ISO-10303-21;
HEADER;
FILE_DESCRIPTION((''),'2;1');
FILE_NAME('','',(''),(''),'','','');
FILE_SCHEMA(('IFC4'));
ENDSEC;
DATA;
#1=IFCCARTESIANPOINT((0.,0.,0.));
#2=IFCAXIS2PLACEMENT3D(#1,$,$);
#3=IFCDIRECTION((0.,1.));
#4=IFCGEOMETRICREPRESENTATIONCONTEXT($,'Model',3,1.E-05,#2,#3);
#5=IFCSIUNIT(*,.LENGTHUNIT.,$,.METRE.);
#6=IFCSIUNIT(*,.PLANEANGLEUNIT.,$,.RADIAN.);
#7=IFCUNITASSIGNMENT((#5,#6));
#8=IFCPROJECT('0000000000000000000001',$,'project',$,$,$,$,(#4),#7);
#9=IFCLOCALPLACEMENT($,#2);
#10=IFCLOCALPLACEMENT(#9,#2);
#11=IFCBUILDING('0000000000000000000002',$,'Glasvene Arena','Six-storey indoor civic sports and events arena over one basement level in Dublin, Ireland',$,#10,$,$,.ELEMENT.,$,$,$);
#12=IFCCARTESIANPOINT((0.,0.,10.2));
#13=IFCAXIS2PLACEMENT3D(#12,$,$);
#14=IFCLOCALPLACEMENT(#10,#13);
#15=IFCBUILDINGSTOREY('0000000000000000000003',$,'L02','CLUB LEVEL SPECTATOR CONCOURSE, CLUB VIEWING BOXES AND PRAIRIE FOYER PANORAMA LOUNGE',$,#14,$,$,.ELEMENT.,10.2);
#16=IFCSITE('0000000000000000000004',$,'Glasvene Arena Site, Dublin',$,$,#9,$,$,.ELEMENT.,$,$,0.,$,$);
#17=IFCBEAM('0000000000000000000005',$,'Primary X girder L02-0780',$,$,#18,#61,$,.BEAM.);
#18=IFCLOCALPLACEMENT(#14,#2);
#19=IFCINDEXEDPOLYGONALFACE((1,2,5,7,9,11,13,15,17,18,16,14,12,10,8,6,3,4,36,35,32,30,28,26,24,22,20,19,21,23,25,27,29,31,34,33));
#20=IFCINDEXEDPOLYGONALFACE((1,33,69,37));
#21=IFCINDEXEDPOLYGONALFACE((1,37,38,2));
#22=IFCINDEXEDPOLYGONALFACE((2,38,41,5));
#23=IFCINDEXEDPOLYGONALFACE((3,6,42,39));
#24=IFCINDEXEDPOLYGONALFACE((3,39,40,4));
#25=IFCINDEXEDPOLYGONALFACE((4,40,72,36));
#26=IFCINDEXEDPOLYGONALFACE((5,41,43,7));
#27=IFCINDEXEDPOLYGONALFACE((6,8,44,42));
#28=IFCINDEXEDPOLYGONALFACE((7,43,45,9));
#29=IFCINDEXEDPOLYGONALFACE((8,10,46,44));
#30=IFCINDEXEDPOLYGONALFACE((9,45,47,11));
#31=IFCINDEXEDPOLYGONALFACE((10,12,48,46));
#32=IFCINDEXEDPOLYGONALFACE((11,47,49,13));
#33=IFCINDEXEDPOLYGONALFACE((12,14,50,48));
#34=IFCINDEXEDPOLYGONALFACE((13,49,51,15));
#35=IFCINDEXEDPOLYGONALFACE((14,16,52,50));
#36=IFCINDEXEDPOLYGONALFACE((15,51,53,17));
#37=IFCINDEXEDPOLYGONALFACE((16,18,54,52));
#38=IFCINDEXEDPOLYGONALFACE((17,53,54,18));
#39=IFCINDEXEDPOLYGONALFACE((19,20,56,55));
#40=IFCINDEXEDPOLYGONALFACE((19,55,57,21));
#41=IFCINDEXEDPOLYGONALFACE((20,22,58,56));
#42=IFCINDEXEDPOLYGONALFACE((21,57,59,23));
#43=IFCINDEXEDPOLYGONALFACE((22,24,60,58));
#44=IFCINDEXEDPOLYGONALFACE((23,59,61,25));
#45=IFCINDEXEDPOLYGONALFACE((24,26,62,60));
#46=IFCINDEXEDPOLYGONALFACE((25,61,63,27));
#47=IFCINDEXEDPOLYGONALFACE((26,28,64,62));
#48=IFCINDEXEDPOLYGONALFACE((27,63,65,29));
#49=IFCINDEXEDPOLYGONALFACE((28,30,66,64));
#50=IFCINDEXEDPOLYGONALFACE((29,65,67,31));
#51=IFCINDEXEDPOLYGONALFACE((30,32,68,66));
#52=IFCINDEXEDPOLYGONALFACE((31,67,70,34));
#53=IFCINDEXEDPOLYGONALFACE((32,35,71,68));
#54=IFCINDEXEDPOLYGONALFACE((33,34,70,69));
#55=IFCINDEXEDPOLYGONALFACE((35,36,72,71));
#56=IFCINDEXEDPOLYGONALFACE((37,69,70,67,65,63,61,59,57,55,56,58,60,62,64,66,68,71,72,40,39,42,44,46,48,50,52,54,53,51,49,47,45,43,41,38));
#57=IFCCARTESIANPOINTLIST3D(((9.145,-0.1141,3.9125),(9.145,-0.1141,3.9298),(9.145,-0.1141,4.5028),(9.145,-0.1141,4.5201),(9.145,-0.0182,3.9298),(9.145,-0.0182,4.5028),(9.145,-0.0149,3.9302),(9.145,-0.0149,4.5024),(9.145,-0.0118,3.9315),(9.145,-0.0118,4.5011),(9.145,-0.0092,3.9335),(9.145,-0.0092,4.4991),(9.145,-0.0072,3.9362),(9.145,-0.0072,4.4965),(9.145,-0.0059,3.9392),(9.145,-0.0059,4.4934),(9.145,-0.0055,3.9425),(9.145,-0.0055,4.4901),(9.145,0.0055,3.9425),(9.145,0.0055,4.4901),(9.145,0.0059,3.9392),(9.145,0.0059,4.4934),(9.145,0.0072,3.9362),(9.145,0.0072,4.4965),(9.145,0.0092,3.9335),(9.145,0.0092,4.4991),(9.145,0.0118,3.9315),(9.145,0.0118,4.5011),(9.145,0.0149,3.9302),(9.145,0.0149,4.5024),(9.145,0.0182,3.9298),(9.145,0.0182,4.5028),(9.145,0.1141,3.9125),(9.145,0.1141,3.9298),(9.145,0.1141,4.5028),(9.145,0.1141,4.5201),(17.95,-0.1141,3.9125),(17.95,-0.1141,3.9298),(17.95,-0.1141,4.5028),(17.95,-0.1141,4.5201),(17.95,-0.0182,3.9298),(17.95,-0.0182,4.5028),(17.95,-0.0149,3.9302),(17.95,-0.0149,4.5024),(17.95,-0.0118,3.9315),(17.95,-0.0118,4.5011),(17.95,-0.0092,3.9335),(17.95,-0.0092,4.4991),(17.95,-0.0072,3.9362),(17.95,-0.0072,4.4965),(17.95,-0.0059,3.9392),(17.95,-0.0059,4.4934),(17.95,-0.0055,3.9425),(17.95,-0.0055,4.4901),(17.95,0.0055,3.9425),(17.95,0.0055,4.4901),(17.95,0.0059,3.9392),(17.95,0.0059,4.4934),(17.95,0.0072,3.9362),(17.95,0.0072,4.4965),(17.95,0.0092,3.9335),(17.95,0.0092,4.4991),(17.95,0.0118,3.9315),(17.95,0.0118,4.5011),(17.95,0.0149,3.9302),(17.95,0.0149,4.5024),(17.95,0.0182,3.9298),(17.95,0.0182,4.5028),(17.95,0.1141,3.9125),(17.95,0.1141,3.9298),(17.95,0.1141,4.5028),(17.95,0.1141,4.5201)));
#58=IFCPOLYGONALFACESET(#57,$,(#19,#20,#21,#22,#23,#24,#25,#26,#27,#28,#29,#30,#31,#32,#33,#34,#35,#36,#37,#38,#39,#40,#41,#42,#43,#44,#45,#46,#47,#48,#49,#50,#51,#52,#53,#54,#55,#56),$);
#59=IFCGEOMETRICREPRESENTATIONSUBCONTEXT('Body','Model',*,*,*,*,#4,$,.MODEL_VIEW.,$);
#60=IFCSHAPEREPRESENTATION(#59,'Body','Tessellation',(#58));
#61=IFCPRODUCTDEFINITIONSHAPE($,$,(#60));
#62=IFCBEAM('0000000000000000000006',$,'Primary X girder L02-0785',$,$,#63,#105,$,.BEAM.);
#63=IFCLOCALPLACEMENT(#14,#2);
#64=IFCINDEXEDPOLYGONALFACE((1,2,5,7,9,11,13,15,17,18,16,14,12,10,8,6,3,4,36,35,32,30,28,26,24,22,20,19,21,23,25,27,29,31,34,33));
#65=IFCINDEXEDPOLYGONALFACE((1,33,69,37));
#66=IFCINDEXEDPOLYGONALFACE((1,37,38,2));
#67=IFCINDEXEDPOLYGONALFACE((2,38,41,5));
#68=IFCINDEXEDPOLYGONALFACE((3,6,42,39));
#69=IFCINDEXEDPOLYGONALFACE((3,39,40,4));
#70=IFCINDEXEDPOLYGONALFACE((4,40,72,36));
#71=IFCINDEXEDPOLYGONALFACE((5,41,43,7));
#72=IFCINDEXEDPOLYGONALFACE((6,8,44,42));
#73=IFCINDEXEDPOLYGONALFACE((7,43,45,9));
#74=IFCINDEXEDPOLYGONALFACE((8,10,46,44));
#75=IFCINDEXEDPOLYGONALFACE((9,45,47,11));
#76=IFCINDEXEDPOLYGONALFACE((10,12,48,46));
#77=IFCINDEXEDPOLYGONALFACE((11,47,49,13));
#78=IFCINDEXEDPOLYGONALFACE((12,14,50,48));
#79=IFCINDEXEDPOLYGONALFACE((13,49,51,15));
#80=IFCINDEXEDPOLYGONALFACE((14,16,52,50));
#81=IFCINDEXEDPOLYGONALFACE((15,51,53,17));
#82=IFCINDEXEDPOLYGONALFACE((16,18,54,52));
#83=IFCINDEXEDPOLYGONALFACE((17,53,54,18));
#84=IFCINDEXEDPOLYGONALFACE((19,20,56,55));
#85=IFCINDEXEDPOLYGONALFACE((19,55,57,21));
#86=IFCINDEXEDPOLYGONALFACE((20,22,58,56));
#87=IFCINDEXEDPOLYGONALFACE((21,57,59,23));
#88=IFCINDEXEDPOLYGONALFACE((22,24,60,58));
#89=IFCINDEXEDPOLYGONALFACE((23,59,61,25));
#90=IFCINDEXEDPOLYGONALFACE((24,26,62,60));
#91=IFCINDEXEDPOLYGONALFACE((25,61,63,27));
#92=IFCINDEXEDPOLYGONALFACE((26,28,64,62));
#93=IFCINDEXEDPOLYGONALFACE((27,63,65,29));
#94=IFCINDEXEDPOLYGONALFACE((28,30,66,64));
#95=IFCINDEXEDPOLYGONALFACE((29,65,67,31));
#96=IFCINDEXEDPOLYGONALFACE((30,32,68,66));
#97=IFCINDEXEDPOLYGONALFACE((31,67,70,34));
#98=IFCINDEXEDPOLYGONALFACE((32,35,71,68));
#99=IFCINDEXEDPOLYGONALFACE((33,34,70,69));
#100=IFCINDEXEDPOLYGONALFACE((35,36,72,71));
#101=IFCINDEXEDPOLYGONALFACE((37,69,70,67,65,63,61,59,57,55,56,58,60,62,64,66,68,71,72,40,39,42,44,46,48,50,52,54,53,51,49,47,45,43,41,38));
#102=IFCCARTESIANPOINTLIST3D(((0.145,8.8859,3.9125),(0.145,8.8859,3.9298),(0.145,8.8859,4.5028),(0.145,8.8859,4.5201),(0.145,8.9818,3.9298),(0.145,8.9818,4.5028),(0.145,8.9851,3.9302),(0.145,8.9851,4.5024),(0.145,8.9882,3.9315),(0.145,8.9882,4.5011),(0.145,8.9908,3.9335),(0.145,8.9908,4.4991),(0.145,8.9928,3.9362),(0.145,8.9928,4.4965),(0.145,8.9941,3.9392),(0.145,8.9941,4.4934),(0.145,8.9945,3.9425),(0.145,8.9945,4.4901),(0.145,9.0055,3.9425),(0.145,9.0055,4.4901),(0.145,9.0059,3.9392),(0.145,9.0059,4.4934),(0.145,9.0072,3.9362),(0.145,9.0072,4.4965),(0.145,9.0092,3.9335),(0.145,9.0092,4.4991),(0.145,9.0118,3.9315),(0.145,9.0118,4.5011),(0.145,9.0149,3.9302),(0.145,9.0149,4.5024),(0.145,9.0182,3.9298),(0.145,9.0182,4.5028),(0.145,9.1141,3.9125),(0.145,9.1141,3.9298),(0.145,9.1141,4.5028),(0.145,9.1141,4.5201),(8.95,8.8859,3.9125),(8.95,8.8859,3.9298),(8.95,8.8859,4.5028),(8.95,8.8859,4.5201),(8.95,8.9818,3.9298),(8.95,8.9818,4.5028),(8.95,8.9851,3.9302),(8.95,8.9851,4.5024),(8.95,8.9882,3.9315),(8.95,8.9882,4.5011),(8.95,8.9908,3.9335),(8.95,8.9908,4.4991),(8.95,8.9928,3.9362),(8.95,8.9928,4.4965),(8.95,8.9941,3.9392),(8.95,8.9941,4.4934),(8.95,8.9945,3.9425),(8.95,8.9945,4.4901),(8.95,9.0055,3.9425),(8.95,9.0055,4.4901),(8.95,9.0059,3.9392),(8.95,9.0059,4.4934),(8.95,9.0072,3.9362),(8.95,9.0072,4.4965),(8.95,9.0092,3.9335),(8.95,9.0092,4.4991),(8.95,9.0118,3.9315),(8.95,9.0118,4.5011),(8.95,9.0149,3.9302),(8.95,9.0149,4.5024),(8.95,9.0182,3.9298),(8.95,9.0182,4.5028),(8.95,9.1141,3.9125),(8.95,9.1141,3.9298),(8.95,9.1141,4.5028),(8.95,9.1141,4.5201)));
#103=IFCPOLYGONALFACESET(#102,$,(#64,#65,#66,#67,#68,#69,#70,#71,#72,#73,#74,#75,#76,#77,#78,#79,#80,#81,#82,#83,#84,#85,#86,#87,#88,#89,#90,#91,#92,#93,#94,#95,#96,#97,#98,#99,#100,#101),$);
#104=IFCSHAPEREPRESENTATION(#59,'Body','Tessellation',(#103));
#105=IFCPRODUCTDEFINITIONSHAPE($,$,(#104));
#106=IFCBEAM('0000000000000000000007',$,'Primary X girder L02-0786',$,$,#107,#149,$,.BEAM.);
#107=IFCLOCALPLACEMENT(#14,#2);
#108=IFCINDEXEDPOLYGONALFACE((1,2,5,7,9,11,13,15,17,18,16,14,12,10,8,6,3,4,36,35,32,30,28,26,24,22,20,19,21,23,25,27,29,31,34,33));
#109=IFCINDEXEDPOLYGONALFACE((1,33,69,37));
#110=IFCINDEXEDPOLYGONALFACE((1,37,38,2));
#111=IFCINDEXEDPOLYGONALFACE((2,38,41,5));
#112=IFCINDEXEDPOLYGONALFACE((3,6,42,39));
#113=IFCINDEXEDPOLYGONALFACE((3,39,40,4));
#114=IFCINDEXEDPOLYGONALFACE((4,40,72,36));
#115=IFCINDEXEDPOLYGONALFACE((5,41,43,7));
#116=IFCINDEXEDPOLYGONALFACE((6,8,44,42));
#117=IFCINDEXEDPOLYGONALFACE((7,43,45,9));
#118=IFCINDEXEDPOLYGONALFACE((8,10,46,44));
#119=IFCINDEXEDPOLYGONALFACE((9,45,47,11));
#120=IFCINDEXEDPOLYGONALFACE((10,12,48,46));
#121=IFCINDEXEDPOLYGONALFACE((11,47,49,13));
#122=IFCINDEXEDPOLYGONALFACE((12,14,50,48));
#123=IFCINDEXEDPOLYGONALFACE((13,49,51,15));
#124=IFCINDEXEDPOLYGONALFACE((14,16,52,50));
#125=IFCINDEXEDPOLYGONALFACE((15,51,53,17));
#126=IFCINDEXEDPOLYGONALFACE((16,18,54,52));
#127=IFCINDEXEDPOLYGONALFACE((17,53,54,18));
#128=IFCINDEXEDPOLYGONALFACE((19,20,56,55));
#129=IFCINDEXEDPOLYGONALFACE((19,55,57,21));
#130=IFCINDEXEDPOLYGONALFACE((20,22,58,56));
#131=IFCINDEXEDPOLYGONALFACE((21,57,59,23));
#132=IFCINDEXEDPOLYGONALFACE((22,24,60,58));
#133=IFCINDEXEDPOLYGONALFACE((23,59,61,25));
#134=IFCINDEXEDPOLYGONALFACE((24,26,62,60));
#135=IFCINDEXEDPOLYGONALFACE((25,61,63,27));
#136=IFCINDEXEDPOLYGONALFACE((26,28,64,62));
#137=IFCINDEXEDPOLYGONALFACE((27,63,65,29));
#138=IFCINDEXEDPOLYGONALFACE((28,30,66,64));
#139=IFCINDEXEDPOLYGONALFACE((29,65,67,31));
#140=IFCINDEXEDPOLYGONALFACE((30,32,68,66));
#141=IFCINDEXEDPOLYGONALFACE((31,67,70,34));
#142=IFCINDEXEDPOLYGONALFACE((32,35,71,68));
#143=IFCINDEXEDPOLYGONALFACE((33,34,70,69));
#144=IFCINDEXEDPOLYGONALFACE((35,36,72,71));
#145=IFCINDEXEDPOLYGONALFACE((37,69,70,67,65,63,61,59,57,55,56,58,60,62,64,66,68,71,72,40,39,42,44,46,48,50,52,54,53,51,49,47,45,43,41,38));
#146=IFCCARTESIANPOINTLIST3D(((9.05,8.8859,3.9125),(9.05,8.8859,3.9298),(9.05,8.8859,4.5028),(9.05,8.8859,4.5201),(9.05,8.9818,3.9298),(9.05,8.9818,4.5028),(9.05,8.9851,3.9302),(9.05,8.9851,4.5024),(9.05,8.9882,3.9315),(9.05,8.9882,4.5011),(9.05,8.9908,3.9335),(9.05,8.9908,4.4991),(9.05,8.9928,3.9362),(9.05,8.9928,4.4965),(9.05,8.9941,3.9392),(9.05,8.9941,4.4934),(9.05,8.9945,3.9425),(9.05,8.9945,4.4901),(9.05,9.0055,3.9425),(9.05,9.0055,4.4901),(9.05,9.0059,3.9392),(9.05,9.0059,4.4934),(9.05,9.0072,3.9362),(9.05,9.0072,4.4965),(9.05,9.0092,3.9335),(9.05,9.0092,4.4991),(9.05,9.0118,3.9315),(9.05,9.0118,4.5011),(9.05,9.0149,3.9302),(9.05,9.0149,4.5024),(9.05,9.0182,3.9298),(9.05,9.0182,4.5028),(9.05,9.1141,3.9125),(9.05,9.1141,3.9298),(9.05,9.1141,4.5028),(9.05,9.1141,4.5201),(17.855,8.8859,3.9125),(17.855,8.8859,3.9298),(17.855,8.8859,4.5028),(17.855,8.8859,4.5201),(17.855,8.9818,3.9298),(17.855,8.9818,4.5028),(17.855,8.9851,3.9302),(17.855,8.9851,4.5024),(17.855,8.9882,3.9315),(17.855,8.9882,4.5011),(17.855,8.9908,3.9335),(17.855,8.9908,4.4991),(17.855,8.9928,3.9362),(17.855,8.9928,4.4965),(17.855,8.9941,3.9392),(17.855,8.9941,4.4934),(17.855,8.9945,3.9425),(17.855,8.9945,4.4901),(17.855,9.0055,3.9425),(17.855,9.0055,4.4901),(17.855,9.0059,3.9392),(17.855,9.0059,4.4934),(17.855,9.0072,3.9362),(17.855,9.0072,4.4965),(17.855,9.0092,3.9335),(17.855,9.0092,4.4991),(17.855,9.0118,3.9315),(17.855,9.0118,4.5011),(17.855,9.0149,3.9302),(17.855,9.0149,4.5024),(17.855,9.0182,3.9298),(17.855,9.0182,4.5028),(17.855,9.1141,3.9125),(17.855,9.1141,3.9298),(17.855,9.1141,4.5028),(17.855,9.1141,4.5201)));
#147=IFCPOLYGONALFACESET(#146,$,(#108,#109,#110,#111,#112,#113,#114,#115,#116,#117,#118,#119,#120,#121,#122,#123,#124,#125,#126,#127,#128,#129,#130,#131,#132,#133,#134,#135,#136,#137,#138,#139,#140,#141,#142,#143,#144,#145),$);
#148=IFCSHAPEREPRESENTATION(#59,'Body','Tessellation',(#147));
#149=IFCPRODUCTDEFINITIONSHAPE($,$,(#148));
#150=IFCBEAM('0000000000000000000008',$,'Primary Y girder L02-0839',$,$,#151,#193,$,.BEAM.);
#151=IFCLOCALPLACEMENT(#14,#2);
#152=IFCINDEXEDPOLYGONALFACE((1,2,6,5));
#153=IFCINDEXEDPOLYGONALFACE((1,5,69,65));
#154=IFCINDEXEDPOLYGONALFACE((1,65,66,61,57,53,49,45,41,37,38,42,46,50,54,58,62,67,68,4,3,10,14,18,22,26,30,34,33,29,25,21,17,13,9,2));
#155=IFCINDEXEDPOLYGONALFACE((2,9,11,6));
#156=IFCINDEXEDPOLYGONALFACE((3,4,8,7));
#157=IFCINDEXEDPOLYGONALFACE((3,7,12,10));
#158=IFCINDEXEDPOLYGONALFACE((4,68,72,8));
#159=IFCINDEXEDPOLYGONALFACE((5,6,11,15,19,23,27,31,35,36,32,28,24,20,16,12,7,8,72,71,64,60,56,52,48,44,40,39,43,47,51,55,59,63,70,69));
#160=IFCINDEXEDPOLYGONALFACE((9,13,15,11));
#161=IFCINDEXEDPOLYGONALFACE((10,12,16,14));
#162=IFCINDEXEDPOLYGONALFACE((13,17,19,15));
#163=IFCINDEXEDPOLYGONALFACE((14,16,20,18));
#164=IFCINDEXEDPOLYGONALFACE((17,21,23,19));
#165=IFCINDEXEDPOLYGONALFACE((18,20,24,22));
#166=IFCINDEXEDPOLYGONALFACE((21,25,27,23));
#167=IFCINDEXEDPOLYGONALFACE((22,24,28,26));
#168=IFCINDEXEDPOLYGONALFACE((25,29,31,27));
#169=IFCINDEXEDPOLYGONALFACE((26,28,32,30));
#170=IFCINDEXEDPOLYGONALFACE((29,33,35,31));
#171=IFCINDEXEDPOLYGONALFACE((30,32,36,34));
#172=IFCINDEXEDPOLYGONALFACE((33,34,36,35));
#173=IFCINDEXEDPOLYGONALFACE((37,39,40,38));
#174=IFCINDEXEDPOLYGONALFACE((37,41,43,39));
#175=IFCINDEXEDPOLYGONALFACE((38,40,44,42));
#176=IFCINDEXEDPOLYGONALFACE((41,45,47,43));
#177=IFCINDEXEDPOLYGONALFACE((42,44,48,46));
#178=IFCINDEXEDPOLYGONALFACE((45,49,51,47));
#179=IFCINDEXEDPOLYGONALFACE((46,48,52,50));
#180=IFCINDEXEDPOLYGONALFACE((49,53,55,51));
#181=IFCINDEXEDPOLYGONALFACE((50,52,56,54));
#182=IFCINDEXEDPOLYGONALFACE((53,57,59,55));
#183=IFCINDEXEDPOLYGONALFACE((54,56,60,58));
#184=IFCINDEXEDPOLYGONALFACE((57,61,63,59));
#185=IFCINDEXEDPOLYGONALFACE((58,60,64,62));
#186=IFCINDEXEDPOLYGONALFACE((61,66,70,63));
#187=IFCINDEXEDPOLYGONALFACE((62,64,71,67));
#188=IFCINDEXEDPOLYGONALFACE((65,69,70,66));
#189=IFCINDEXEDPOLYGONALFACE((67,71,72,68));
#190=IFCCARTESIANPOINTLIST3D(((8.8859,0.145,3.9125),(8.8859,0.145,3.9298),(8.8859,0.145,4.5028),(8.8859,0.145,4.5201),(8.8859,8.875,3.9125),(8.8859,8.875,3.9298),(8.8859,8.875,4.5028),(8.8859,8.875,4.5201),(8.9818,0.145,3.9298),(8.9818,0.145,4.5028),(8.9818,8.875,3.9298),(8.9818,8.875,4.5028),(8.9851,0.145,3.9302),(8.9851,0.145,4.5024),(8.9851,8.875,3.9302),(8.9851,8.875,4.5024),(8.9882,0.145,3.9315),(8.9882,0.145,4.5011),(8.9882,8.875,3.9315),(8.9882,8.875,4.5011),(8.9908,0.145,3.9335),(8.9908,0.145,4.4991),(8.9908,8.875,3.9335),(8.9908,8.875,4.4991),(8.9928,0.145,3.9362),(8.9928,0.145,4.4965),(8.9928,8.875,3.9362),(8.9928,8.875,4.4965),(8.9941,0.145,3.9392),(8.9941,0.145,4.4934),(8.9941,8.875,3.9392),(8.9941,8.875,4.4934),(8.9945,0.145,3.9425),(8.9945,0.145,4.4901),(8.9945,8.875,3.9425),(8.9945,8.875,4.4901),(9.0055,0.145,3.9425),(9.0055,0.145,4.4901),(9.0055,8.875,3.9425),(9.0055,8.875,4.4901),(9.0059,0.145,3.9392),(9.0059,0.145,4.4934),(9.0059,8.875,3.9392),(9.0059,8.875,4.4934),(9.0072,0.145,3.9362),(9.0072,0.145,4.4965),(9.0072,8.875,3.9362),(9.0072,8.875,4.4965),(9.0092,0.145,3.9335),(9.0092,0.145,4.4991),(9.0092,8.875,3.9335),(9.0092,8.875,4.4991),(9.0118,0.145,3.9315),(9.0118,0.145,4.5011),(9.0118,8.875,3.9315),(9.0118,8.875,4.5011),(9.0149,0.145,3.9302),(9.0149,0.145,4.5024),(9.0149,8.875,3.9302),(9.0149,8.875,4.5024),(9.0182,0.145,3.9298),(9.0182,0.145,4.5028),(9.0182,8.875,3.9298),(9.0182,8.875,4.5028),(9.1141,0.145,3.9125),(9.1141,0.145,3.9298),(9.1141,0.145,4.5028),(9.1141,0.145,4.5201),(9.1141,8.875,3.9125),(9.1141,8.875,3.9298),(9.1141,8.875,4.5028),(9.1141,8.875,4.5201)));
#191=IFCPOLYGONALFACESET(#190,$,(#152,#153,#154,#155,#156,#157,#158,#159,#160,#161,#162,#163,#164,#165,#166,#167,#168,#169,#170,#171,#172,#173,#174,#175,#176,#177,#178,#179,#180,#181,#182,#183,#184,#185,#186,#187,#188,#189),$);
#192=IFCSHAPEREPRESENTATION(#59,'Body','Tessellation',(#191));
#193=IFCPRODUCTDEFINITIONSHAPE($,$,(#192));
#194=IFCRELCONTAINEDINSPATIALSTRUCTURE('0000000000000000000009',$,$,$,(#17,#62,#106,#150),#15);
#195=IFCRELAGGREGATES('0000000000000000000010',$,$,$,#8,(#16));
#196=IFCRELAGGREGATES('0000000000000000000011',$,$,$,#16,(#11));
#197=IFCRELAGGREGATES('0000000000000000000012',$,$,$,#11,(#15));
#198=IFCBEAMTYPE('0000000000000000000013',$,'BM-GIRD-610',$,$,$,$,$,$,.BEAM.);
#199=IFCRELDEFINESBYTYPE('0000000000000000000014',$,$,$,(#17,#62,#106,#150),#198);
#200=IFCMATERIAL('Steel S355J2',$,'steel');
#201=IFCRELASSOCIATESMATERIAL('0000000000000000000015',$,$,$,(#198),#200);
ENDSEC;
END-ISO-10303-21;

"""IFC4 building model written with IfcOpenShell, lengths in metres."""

from ifc_helpers import new_model, si_unit, direction, frame, origin, origin_2d, place, context, subcontext, project, spatial, i_section, extrude, material, material_profile, profile_set, type_object, element, save


model = new_model("IFC4")

# Units and contexts
model_context = context("Model", 3, precision=1e-05, world=origin(), true_north=direction((0.0, 1.0)))
body_context = subcontext(model_context, "Body", "Model", "MODEL_VIEW")
ifc_project = project(units=[si_unit("LENGTHUNIT", "METRE"), si_unit("PLANEANGLEUNIT", "RADIAN")], contexts=[model_context])

# Site, building, storey
site_placement = place(None, origin())
site = spatial("IfcSite", under=ifc_project, at=site_placement, Name="Glasvene Arena Site, Dublin", CompositionType="ELEMENT", RefElevation=0.0)
building_placement = place(site_placement, origin())
building = spatial("IfcBuilding", under=site, at=building_placement, Name="Glasvene Arena", Description="Six-storey indoor civic sports and events arena over one basement level in Dublin, Ireland", CompositionType="ELEMENT")
storey_placement = place(building_placement, frame((0.0, 0.0, 10.2)))
storey = spatial("IfcBuildingStorey", under=building, at=storey_placement, Name="L02", Description="CLUB LEVEL SPECTATOR CONCOURSE, CLUB VIEWING BOXES AND PRAIRIE FOYER PANORAMA LOUNGE", CompositionType="ELEMENT", Elevation=10.2)

# Shared definitions
ifc_material_1 = material(Name="Steel S355J2", Category="steel")

# Beams
ifc_material_profile_1 = material_profile(ifc_material_1, i_section(OverallWidth=0.2283, OverallDepth=0.6077, WebThickness=0.011, FlangeThickness=0.0173, FilletRadius=0.0127, at=origin_2d()), Name="UKB 610x229x113")
ifc_profile_set_1 = profile_set([ifc_material_profile_1], Name="Steel S355J2")
beam_type_1 = type_object("IfcBeamType", Name="BM-GIRD-610", PredefinedType="BEAM", material=ifc_profile_set_1)
for number, where, z_axis, x_axis, name in (
    (1, (9.145, 0.0, 4.2163), (1.0, 0.0, 0.0), (0.0, 1.0, 0.0), "Primary X girder L02-0780"),
    (2, (0.145, 9.0, 4.2163), (1.0, 0.0, 0.0), (0.0, 1.0, 0.0), "Primary X girder L02-0785"),
    (3, (9.05, 9.0, 4.2163), (1.0, 0.0, 0.0), (0.0, 1.0, 0.0), "Primary X girder L02-0786"),
):
    element("IfcBeam", number, at=place(storey_placement, frame(where, z_axis=z_axis, x_axis=x_axis)), inside=storey, type_object=beam_type_1, Name=name, PredefinedType="BEAM", context=body_context, shape_type="SweptSolid", body=[
        extrude(i_section(OverallWidth=0.2283, OverallDepth=0.6077, WebThickness=0.011, FlangeThickness=0.0173, FilletRadius=0.0127, at=origin_2d()), origin(), (0.0, 0.0, 1.0), 8.8049),
    ])
for number, where, z_axis, x_axis, name in (
    (4, (9.0, 0.145, 4.2163), (0.0, 1.0, 0.0), (-1.0, 0.0, 0.0), "Primary Y girder L02-0839"),
):
    element("IfcBeam", number, at=place(storey_placement, frame(where, z_axis=z_axis, x_axis=x_axis)), inside=storey, type_object=beam_type_1, Name=name, PredefinedType="BEAM", context=body_context, shape_type="SweptSolid", body=[
        extrude(i_section(OverallWidth=0.2283, OverallDepth=0.6077, WebThickness=0.011, FlangeThickness=0.0173, FilletRadius=0.0127, at=origin_2d()), origin(), (0.0, 0.0, 1.0), 8.73),
    ])

save(model, "model.ifc")
